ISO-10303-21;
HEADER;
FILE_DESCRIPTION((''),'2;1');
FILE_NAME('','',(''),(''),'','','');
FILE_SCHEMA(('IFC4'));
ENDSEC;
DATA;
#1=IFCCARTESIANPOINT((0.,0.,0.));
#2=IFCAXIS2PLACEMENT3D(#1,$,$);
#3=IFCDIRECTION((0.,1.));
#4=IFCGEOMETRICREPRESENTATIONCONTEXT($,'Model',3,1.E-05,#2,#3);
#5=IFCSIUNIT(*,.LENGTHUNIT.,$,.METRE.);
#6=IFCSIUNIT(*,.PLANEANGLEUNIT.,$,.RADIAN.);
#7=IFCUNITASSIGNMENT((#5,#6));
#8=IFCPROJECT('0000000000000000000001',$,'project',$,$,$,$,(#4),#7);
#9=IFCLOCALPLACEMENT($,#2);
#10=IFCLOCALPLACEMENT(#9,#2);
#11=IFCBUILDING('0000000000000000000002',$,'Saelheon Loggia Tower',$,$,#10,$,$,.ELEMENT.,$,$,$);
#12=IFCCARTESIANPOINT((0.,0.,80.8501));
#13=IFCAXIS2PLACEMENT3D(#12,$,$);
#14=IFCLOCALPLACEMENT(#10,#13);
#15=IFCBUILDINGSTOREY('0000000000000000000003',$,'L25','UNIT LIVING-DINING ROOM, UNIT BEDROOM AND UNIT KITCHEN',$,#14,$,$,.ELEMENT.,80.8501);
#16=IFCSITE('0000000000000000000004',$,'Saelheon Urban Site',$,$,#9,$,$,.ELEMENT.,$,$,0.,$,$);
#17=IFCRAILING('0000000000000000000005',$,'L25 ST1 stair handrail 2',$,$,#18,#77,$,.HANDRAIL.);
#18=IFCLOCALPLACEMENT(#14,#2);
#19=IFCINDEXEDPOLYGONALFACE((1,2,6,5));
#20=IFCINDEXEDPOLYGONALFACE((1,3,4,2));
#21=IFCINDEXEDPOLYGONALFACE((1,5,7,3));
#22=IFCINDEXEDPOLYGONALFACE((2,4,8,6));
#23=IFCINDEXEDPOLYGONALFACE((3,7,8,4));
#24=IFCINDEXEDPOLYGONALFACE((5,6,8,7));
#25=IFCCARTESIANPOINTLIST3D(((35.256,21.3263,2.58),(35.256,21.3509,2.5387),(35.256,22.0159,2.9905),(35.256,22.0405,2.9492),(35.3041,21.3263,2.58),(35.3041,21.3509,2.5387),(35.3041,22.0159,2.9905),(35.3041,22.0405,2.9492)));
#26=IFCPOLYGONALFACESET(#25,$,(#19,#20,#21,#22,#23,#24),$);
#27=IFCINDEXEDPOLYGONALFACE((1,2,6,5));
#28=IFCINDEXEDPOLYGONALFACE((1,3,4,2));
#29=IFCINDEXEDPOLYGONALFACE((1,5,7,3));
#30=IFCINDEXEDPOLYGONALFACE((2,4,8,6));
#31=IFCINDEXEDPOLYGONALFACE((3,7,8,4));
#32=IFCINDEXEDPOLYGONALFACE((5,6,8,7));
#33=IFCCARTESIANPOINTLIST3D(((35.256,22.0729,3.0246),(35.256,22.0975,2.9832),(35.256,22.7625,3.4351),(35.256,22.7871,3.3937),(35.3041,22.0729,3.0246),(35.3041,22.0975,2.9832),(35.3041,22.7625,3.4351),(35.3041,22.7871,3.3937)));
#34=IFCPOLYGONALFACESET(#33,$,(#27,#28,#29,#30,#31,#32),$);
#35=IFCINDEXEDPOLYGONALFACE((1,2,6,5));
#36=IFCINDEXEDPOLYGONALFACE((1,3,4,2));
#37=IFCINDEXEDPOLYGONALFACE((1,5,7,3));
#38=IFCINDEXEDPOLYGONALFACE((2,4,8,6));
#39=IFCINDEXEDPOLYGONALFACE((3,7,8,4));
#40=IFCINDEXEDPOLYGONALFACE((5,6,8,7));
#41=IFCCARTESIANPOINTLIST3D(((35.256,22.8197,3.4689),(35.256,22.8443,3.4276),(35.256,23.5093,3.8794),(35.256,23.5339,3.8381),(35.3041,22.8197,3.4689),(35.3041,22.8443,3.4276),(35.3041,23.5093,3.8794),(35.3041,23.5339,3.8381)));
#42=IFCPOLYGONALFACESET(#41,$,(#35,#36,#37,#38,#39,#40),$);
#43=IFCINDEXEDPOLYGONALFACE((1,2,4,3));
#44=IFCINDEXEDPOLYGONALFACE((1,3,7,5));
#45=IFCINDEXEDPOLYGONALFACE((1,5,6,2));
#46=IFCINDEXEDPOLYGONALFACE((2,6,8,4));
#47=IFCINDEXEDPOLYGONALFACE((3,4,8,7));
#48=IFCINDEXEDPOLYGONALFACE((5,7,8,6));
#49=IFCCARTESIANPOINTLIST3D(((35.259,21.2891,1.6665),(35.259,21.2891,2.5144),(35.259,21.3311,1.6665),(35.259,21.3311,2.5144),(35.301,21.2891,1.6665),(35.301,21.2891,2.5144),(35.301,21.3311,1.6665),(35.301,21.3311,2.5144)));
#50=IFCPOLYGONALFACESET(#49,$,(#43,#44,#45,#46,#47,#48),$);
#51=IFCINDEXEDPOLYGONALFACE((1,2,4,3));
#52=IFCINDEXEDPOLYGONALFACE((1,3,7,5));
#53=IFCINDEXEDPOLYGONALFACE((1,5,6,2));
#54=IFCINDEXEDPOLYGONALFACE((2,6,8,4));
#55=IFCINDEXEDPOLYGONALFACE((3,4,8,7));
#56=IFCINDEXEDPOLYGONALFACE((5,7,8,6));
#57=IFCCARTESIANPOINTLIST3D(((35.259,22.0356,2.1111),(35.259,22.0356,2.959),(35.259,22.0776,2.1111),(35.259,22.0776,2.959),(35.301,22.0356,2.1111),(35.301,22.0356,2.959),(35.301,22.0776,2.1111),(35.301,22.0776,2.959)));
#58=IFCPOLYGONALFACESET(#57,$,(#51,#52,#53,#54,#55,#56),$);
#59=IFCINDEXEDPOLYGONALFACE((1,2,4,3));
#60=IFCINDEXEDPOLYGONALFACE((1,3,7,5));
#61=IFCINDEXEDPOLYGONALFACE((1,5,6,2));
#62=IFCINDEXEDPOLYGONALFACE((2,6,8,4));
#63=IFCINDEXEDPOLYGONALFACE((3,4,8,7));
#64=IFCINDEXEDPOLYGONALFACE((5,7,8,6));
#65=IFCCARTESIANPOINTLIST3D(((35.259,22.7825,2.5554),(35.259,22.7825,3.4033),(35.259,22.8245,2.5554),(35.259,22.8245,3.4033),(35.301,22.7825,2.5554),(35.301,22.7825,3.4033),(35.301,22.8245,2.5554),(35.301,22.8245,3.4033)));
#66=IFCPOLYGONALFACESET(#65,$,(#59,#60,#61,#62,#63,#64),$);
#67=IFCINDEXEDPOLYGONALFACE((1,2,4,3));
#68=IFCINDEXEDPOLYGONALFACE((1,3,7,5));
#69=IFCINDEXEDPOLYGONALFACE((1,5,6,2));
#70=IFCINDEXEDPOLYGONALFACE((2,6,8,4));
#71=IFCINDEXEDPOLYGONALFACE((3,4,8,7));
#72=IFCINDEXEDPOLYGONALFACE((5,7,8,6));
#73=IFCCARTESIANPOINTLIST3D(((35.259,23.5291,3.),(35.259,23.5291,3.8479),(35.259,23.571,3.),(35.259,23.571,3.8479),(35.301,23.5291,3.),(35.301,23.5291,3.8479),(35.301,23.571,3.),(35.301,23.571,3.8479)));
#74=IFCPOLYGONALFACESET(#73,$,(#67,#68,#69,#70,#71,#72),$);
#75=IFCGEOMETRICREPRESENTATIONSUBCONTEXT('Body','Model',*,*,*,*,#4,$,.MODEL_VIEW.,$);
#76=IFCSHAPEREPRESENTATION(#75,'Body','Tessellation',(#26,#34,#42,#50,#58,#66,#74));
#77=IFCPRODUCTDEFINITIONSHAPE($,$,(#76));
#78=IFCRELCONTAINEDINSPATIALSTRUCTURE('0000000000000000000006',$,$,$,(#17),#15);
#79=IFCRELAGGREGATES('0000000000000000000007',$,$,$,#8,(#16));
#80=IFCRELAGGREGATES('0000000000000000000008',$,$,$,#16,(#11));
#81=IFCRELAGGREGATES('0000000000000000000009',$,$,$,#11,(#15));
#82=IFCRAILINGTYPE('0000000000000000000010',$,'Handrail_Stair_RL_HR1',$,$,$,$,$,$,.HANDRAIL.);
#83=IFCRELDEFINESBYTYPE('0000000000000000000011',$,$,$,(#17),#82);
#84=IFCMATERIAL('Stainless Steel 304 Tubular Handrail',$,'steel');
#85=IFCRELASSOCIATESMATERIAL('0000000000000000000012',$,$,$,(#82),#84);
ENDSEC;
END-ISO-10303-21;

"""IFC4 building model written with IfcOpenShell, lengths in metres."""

from ifc_helpers import new_model, si_unit, direction, frame, origin, origin_2d, place, context, subcontext, project, spatial, rectangle, extrude, material, type_object, element, save


model = new_model("IFC4")

# Units and contexts
model_context = context("Model", 3, precision=1e-05, world=origin(), true_north=direction((0.0, 1.0)))
body_context = subcontext(model_context, "Body", "Model", "MODEL_VIEW")
ifc_project = project(units=[si_unit("LENGTHUNIT", "METRE"), si_unit("PLANEANGLEUNIT", "RADIAN")], contexts=[model_context])

# Site, building, storey
site_placement = place(None, origin())
site = spatial("IfcSite", under=ifc_project, at=site_placement, Name="Saelheon Urban Site", CompositionType="ELEMENT", RefElevation=0.0)
building_placement = place(site_placement, origin())
building = spatial("IfcBuilding", under=site, at=building_placement, Name="Saelheon Loggia Tower", CompositionType="ELEMENT")
storey_placement = place(building_placement, frame((0.0, 0.0, 80.8501)))
storey = spatial("IfcBuildingStorey", under=building, at=storey_placement, Name="L25", Description="UNIT LIVING-DINING ROOM, UNIT BEDROOM AND UNIT KITCHEN", CompositionType="ELEMENT", Elevation=80.8501)

# Railing
ifc_material_1 = material(Name="Stainless Steel 304 Tubular Handrail", Category="steel")
railing_type = type_object("IfcRailingType", Name="Handrail_Stair_RL_HR1", PredefinedType="HANDRAIL", material=ifc_material_1)
railing_placement = place(storey_placement, frame((35.28, 21.3101, 1.6665)))
element("IfcRailing", 1, at=railing_placement, inside=storey, type_object=railing_type, Name="L25 ST1 stair handrail 2", PredefinedType="HANDRAIL", context=body_context, shape_type="SweptSolid", body=[
    extrude(rectangle(XDim=0.0481, YDim=0.0481, at=origin_2d()), frame((0.0, 0.0286, 0.8928), z_axis=(0.0, 0.859264, 0.511532), x_axis=(-1.0, 0.0, 0.0)), (0.0, 0.0, 1.0), 0.8025),
    extrude(rectangle(XDim=0.0481, YDim=0.0481, at=origin_2d()), frame((0.0, 0.7751, 1.3374), z_axis=(0.0, 0.859264, 0.511532), x_axis=(-1.0, 0.0, 0.0)), (0.0, 0.0, 1.0), 0.8025),
    extrude(rectangle(XDim=0.0481, YDim=0.0481, at=origin_2d()), frame((0.0, 1.522, 1.7817), z_axis=(0.0, 0.859264, 0.511532), x_axis=(-1.0, 0.0, 0.0)), (0.0, 0.0, 1.0), 0.8025),
    extrude(rectangle(XDim=0.042, YDim=0.042, at=origin_2d()), origin(), (0.0, 0.0, 1.0), 0.8479),
    extrude(rectangle(XDim=0.042, YDim=0.042, at=origin_2d()), frame((0.0, 0.7466, 0.4446)), (0.0, 0.0, 1.0), 0.8479),
    extrude(rectangle(XDim=0.042, YDim=0.042, at=origin_2d()), frame((0.0, 1.4934, 0.8889)), (0.0, 0.0, 1.0), 0.8479),
    extrude(rectangle(XDim=0.042, YDim=0.042, at=origin_2d()), frame((0.0, 2.24, 1.3335)), (0.0, 0.0, 1.0), 0.8479),
])

save(model, "model.ifc")
